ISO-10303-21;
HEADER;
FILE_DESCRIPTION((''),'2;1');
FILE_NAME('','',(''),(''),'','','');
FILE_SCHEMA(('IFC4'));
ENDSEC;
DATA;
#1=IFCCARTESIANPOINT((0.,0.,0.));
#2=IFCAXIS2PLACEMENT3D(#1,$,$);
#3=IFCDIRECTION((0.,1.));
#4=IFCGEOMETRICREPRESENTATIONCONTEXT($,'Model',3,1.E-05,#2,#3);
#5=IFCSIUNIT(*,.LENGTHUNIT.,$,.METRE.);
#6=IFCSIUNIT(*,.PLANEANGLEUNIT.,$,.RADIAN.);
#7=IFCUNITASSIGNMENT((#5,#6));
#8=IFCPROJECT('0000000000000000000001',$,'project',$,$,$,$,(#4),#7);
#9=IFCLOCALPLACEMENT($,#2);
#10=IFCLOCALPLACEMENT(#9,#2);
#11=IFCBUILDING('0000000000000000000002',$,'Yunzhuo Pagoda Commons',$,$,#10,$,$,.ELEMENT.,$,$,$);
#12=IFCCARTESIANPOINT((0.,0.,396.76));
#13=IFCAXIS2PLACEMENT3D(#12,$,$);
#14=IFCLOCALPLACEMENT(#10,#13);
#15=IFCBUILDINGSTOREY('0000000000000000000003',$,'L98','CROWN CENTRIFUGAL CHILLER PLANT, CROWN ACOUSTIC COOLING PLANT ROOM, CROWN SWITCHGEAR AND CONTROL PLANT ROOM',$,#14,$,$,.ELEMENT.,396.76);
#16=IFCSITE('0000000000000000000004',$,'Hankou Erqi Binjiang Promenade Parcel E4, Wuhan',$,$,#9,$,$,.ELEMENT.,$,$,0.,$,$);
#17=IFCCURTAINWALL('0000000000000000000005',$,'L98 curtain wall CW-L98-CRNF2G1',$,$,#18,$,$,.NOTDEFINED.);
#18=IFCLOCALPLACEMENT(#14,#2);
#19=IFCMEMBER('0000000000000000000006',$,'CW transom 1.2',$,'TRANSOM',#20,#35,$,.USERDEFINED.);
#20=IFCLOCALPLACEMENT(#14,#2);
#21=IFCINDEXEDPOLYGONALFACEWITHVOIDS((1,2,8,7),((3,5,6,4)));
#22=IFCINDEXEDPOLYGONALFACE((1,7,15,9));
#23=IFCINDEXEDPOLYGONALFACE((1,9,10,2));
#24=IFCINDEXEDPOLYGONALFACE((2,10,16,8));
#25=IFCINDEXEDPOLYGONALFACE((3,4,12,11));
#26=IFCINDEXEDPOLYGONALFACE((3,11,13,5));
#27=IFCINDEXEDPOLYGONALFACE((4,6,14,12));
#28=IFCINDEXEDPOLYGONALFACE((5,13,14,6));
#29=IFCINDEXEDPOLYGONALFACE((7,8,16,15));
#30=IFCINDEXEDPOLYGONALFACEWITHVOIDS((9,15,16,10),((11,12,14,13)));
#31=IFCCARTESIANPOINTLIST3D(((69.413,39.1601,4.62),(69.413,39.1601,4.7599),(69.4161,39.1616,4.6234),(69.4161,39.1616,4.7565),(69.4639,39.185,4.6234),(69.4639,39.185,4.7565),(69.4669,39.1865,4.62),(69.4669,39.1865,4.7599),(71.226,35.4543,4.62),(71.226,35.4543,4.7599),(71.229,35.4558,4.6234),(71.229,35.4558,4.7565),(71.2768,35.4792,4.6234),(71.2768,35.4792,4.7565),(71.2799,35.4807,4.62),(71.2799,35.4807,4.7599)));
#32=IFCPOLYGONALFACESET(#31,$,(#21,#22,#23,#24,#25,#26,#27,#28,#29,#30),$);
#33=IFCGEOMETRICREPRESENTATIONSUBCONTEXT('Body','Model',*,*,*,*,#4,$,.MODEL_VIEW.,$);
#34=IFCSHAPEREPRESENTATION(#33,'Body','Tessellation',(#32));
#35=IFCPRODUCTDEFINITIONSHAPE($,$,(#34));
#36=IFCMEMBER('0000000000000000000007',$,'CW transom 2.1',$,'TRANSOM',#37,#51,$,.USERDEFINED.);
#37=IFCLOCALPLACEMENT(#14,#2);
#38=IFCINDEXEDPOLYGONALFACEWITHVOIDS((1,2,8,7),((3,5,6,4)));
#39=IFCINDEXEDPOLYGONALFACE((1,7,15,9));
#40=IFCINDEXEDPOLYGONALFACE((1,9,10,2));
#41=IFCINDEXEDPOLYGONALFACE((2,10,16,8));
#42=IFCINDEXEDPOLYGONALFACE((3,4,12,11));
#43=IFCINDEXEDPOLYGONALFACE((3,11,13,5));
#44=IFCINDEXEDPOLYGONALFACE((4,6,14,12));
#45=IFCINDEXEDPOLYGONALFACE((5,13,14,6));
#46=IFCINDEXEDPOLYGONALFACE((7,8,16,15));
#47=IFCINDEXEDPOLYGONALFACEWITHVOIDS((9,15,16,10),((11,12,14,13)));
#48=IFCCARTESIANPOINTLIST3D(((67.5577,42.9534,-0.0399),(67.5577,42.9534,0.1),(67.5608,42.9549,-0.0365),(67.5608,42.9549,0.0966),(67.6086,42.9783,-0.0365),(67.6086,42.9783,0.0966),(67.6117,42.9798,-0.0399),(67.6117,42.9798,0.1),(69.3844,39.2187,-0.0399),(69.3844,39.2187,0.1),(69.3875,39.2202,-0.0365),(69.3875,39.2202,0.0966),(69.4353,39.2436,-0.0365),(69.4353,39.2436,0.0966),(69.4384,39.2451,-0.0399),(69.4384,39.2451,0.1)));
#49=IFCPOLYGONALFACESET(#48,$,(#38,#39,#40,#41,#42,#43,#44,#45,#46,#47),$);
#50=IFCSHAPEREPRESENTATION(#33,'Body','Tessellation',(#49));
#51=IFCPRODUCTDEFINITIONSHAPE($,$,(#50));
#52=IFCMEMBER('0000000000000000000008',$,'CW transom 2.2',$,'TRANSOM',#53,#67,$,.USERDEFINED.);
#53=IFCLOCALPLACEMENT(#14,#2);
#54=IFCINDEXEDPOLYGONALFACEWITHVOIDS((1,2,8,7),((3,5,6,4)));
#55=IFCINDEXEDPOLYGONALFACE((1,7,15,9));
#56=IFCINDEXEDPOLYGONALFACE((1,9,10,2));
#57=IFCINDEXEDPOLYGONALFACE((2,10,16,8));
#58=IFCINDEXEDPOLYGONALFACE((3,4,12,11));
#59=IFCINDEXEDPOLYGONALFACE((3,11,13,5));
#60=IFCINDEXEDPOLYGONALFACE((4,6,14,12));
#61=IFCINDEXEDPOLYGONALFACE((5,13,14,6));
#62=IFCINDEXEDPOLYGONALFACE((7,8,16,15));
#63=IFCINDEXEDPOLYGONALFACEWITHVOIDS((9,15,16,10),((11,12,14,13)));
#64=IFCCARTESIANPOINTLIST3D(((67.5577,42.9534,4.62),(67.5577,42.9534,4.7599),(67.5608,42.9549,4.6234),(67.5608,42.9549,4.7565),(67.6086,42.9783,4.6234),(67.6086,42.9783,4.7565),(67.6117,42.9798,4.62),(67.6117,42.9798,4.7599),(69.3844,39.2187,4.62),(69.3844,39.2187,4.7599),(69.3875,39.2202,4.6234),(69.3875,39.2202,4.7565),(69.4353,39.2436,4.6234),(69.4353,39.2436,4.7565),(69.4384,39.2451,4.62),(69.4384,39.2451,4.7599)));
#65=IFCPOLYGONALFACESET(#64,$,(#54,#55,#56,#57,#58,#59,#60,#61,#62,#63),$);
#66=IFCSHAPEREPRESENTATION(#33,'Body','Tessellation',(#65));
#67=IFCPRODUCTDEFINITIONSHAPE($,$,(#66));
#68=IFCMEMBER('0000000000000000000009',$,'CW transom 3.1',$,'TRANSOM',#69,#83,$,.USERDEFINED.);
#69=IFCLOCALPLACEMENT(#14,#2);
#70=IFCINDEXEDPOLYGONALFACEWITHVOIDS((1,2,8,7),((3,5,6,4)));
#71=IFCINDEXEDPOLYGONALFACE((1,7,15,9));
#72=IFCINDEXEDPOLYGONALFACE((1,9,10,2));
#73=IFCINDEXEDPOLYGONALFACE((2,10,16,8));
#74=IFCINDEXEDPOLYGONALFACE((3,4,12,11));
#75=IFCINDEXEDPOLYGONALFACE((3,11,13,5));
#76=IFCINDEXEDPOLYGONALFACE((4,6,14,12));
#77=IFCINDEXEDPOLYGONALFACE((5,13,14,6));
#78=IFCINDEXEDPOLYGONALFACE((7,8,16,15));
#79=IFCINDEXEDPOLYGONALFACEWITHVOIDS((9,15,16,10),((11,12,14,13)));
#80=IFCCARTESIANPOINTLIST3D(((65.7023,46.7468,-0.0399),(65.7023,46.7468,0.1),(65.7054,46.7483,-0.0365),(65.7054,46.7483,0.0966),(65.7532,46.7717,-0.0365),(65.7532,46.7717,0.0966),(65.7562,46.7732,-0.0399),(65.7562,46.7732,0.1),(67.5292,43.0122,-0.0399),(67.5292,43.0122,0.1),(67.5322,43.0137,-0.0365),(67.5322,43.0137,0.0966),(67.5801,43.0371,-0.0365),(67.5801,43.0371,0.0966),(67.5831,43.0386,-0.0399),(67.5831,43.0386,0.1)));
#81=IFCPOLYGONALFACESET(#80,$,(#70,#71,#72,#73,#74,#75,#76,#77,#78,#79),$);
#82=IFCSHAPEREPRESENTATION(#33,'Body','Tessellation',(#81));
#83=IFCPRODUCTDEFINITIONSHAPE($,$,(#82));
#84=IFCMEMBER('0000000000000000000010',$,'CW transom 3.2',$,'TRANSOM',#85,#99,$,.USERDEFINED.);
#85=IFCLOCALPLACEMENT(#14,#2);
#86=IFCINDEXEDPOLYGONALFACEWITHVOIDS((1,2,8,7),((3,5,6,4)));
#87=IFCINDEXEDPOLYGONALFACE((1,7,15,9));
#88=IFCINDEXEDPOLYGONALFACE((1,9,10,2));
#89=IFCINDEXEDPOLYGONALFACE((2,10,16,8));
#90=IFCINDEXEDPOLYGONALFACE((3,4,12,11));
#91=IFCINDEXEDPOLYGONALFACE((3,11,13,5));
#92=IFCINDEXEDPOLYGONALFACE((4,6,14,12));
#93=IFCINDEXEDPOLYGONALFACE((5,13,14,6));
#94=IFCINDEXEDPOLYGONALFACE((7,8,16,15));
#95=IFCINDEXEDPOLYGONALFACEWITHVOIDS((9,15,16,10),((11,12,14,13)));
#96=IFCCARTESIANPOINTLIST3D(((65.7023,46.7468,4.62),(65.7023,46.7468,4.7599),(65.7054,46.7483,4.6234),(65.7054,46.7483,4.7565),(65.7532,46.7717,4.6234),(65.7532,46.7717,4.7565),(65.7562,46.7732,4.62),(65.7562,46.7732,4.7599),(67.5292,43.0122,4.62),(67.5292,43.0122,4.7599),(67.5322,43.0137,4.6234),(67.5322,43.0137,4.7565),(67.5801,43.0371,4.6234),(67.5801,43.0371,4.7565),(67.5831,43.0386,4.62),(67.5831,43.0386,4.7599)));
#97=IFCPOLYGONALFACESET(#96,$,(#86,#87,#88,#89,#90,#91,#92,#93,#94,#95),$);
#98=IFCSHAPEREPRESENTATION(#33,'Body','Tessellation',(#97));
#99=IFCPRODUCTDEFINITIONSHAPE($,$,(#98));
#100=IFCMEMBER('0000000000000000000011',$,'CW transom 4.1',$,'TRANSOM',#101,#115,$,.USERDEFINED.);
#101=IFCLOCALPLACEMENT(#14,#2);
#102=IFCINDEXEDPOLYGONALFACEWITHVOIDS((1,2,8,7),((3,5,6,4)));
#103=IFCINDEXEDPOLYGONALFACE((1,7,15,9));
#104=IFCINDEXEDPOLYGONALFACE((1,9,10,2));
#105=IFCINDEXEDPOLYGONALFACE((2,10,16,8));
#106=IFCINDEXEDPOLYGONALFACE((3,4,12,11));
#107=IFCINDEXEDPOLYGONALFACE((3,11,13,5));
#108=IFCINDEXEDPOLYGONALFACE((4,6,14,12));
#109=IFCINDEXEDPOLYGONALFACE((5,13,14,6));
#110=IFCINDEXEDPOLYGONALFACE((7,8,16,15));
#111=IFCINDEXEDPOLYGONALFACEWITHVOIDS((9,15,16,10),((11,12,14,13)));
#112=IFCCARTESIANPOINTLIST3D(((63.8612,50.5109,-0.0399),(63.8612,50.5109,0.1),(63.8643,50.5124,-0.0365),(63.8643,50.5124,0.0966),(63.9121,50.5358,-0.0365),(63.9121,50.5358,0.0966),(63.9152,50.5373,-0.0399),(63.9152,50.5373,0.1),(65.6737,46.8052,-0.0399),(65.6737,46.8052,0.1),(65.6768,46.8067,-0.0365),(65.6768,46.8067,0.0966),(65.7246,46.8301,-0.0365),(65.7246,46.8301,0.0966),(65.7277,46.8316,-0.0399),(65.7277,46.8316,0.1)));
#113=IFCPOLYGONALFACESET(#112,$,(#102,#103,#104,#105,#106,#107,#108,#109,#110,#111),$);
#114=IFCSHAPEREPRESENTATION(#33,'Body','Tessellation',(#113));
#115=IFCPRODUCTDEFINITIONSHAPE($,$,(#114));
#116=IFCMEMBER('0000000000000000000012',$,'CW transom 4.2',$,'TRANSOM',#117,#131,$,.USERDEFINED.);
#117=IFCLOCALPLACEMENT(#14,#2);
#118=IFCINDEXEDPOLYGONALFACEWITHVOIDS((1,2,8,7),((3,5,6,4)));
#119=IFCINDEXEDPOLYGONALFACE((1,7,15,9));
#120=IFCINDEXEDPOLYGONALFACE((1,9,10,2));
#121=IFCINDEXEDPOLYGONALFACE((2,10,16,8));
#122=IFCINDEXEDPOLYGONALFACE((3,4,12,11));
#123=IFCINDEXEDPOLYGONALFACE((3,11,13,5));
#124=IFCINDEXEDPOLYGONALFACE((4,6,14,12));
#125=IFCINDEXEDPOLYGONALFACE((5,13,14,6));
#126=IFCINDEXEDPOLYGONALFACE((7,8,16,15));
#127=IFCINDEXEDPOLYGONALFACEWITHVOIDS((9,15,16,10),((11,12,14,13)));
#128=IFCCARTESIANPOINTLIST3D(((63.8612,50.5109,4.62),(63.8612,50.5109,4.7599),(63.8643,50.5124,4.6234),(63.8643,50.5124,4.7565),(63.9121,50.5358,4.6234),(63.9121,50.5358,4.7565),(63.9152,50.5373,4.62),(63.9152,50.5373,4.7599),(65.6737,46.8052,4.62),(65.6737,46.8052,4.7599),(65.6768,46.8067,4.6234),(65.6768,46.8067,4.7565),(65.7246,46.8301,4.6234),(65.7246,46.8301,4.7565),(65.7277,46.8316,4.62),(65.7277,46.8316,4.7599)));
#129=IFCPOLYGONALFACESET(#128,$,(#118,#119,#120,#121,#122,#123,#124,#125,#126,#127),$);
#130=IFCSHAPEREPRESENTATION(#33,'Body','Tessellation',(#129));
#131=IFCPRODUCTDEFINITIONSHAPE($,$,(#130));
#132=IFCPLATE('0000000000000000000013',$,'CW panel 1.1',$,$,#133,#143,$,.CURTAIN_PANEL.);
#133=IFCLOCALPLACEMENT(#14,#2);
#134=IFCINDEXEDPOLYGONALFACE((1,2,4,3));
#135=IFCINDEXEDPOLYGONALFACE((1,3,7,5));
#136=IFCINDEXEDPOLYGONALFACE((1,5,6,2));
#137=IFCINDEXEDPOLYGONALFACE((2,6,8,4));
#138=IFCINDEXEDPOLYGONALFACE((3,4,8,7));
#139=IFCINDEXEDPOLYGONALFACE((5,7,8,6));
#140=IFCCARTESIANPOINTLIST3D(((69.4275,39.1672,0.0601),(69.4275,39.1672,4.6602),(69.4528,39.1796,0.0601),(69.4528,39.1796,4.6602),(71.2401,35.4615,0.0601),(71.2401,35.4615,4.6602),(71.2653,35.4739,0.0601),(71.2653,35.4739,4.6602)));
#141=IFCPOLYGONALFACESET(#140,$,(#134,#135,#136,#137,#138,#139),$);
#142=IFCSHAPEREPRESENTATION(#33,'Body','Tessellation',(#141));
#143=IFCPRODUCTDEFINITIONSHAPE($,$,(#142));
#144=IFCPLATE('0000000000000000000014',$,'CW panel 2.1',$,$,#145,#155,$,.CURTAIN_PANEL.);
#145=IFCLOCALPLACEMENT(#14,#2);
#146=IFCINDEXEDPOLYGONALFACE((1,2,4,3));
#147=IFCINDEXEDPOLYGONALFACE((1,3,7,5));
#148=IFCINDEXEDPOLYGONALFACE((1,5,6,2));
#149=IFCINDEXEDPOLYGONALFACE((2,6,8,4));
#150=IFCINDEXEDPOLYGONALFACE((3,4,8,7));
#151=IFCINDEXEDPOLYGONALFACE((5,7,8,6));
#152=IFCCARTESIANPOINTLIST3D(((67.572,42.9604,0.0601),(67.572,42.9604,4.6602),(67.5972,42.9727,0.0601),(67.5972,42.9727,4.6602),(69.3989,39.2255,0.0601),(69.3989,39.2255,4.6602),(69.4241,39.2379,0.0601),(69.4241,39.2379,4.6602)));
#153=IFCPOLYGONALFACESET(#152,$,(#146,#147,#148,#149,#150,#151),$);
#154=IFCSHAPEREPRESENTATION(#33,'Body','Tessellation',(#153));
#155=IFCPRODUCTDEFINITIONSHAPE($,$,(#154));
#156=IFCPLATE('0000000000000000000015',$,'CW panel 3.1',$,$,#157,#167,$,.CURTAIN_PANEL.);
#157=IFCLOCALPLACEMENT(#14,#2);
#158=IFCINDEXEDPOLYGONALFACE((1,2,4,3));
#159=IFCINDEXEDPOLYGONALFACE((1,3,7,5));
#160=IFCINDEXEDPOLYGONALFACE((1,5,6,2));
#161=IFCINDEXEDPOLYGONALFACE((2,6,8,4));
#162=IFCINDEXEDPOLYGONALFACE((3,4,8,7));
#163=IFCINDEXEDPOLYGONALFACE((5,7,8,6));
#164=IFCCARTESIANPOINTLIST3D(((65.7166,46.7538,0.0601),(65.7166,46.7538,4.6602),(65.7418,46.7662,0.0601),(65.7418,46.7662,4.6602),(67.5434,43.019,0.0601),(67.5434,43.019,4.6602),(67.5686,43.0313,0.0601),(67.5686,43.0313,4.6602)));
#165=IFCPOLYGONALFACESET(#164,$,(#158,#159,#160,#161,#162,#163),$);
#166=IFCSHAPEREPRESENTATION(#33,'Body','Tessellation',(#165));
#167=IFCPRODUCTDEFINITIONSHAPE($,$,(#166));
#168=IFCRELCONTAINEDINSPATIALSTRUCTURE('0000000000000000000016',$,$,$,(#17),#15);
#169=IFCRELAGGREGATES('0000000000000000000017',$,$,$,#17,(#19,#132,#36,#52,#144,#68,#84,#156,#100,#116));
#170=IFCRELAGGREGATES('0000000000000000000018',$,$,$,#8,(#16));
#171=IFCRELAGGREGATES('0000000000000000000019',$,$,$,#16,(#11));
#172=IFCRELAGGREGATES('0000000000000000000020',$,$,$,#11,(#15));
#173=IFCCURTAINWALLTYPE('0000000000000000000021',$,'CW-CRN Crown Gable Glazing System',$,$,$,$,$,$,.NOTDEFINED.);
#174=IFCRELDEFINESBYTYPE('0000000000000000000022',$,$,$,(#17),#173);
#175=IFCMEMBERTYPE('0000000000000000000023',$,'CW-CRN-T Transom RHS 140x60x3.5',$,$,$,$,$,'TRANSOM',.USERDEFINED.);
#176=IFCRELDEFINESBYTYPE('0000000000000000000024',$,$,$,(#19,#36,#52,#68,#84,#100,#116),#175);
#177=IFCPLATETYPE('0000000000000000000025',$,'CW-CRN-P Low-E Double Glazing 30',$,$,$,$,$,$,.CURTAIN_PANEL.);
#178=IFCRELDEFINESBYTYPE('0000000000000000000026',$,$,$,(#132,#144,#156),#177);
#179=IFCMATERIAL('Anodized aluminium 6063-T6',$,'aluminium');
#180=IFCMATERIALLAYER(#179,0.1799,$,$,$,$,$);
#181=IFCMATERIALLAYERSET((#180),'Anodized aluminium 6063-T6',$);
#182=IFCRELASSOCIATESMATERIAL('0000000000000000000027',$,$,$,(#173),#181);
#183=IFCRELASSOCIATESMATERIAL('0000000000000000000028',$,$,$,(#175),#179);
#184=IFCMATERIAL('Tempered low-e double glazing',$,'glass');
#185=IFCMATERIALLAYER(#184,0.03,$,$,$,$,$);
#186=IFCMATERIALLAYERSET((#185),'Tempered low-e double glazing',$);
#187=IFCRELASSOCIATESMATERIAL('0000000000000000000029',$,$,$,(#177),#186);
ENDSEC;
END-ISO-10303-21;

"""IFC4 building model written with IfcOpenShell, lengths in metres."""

from ifc_helpers import new_model, si_unit, direction, frame, origin, origin_2d, place, context, subcontext, project, spatial, rectangle, hollow_rectangle, extrude, source, transform, mapped, material, layer, layer_set, material_profile, profile_set, type_object, element, aggregate, save


model = new_model("IFC4")

# Units and contexts
model_context = context("Model", 3, precision=1e-05, world=origin(), true_north=direction((0.0, 1.0)))
body_context = subcontext(model_context, "Body", "Model", "MODEL_VIEW")
ifc_project = project(units=[si_unit("LENGTHUNIT", "METRE"), si_unit("PLANEANGLEUNIT", "RADIAN")], contexts=[model_context])

# Site, building, storey
site_placement = place(None, origin())
site = spatial("IfcSite", under=ifc_project, at=site_placement, Name="Hankou Erqi Binjiang Promenade Parcel E4, Wuhan", CompositionType="ELEMENT", RefElevation=0.0)
building_placement = place(site_placement, origin())
building = spatial("IfcBuilding", under=site, at=building_placement, Name="Yunzhuo Pagoda Commons", CompositionType="ELEMENT")
storey_placement = place(building_placement, frame((0.0, 0.0, 396.76)))
storey = spatial("IfcBuildingStorey", under=building, at=storey_placement, Name="L98", Description="CROWN CENTRIFUGAL CHILLER PLANT, CROWN ACOUSTIC COOLING PLANT ROOM, CROWN SWITCHGEAR AND CONTROL PLANT ROOM", CompositionType="ELEMENT", Elevation=396.76)

# Curtain wall, members, plates
ifc_material_1 = material(Name="Anodized aluminium 6063-T6", Category="aluminium")
ifc_layer_1 = layer(ifc_material_1, 0.1799)
ifc_layer_set_1 = layer_set([ifc_layer_1], Name="Anodized aluminium 6063-T6")
curtain_wall_type = type_object("IfcCurtainWallType", Name="CW-CRN Crown Gable Glazing System", PredefinedType="NOTDEFINED", material=ifc_layer_set_1)
curtain_wall_placement = place(storey_placement, origin())
curtain_wall = element("IfcCurtainWall", 1, at=curtain_wall_placement, inside=storey, type_object=curtain_wall_type, Name="L98 curtain wall CW-L98-CRNF2G1", PredefinedType="NOTDEFINED")
ifc_material_profile_1 = material_profile(ifc_material_1, hollow_rectangle(XDim=0.0601, YDim=0.1399, WallThickness=0.0034, at=origin_2d()), Name="Anodized aluminium 6063-T6")
ifc_profile_set_1 = profile_set([ifc_material_profile_1], Name="Anodized aluminium 6063-T6")
member_type_1 = type_object("IfcMemberType", Name="CW-CRN-T Transom RHS 140x60x3.5", ElementType="TRANSOM", PredefinedType="USERDEFINED", material=ifc_profile_set_1)
shared_shape_1 = source(origin(), body_context, "Body", "SweptSolid", [
    extrude(hollow_rectangle(XDim=0.0601, YDim=0.1399, WallThickness=0.0034, at=origin_2d()), origin(), (0.0, 0.0, 1.0), 4.1255),
])
member_1_placement = place(storey_placement, frame((71.2529, 35.4675, 4.6899), z_axis=(-0.439456, 0.898264, 0.0), x_axis=(-0.898264, -0.439456, 0.0)))
member_1 = element("IfcMember", 2, at=member_1_placement, type_object=member_type_1, Name="CW transom 1.2", ObjectType="TRANSOM", PredefinedType="USERDEFINED", context=body_context, shape_type="MappedRepresentation", body=[
    mapped(shared_shape_1, transform((0.0, 0.0, 0.0), scale=1.0)),
])
shared_shape_2 = source(origin(), body_context, "Body", "SweptSolid", [
    extrude(hollow_rectangle(XDim=0.0601, YDim=0.1399, WallThickness=0.0034, at=origin_2d()), origin(), (0.0, 0.0, 1.0), 4.1575),
])
member_2_placement = place(storey_placement, frame((69.4114, 39.2319, 0.03), z_axis=(-0.439374, 0.898304, 0.0), x_axis=(-0.898304, -0.439374, 0.0)))
member_2 = element("IfcMember", 3, at=member_2_placement, type_object=member_type_1, Name="CW transom 2.1", ObjectType="TRANSOM", PredefinedType="USERDEFINED", context=body_context, shape_type="MappedRepresentation", body=[
    mapped(shared_shape_2, transform((0.0, 0.0, 0.0), scale=1.0)),
])
member_3_placement = place(storey_placement, frame((69.4114, 39.2319, 4.6899), z_axis=(-0.439374, 0.898304, 0.0), x_axis=(-0.898304, -0.439374, 0.0)))
member_3 = element("IfcMember", 4, at=member_3_placement, type_object=member_type_1, Name="CW transom 2.2", ObjectType="TRANSOM", PredefinedType="USERDEFINED", context=body_context, shape_type="MappedRepresentation", body=[
    mapped(shared_shape_2, transform((0.0, 0.0, 0.0), scale=1.0)),
])
member_4_placement = place(storey_placement, frame((67.5562, 43.0254, 0.03), z_axis=(-0.439422, 0.898281, 0.0), x_axis=(-0.898281, -0.439422, 0.0)))
member_4 = element("IfcMember", 5, at=member_4_placement, type_object=member_type_1, Name="CW transom 3.1", ObjectType="TRANSOM", PredefinedType="USERDEFINED", context=body_context, shape_type="MappedRepresentation", body=[
    mapped(shared_shape_2, transform((0.0, 0.0, 0.0), scale=1.0)),
])
member_5_placement = place(storey_placement, frame((67.5562, 43.0254, 4.6899), z_axis=(-0.439422, 0.898281, 0.0), x_axis=(-0.898281, -0.439422, 0.0)))
member_5 = element("IfcMember", 6, at=member_5_placement, type_object=member_type_1, Name="CW transom 3.2", ObjectType="TRANSOM", PredefinedType="USERDEFINED", context=body_context, shape_type="MappedRepresentation", body=[
    mapped(shared_shape_2, transform((0.0, 0.0, 0.0), scale=1.0)),
])
shared_shape_3 = source(origin(), body_context, "Body", "SweptSolid", [
    extrude(hollow_rectangle(XDim=0.0601, YDim=0.1399, WallThickness=0.0034, at=origin_2d()), origin(), (0.0, 0.0, 1.0), 4.1252),
])
member_6_placement = place(storey_placement, frame((65.7007, 46.8184, 0.03), z_axis=(-0.439361, 0.898311, 0.0), x_axis=(-0.898311, -0.439361, 0.0)))
member_6 = element("IfcMember", 7, at=member_6_placement, type_object=member_type_1, Name="CW transom 4.1", ObjectType="TRANSOM", PredefinedType="USERDEFINED", context=body_context, shape_type="MappedRepresentation", body=[
    mapped(shared_shape_3, transform((0.0, 0.0, 0.0), scale=1.0)),
])
member_7_placement = place(storey_placement, frame((65.7007, 46.8184, 4.6899), z_axis=(-0.439361, 0.898311, 0.0), x_axis=(-0.898311, -0.439361, 0.0)))
member_7 = element("IfcMember", 8, at=member_7_placement, type_object=member_type_1, Name="CW transom 4.2", ObjectType="TRANSOM", PredefinedType="USERDEFINED", context=body_context, shape_type="MappedRepresentation", body=[
    mapped(shared_shape_3, transform((0.0, 0.0, 0.0), scale=1.0)),
])
ifc_material_2 = material(Name="Tempered low-e double glazing", Category="glass")
ifc_layer_2 = layer(ifc_material_2, 0.03)
ifc_layer_set_2 = layer_set([ifc_layer_2], Name="Tempered low-e double glazing")
plate_type = type_object("IfcPlateType", Name="CW-CRN-P Low-E Double Glazing 30", PredefinedType="CURTAIN_PANEL", material=ifc_layer_set_2)
shared_shape_4 = source(origin(), body_context, "Body", "SweptSolid", [
    extrude(rectangle(XDim=4.1252, YDim=0.0281, at=origin_2d()), origin(), (0.0, 0.0, 1.0), 4.6001),
])
plate_1_placement = place(storey_placement, frame((70.3464, 37.3206, 0.0601), z_axis=(0.0, 0.0, 1.0), x_axis=(-0.439384, 0.898299, 0.0)))
plate_1 = element("IfcPlate", 9, at=plate_1_placement, type_object=plate_type, Name="CW panel 1.1", PredefinedType="CURTAIN_PANEL", context=body_context, shape_type="MappedRepresentation", body=[
    mapped(shared_shape_4, transform((0.0, 0.0, 0.0), scale=1.0)),
])
shared_shape_5 = source(origin(), body_context, "Body", "SweptSolid", [
    extrude(rectangle(XDim=4.1577, YDim=0.0281, at=origin_2d()), origin(), (0.0, 0.0, 1.0), 4.6001),
])
plate_2_placement = place(storey_placement, frame((68.498, 41.0991, 0.0601), z_axis=(0.0, 0.0, 1.0), x_axis=(-0.439384, 0.898299, 0.0)))
plate_2 = element("IfcPlate", 10, at=plate_2_placement, type_object=plate_type, Name="CW panel 2.1", PredefinedType="CURTAIN_PANEL", context=body_context, shape_type="MappedRepresentation", body=[
    mapped(shared_shape_5, transform((0.0, 0.0, 0.0), scale=1.0)),
])
plate_3_placement = place(storey_placement, frame((66.6426, 44.8926, 0.0601), z_axis=(0.0, 0.0, 1.0), x_axis=(-0.439384, 0.898299, 0.0)))
plate_3 = element("IfcPlate", 11, at=plate_3_placement, type_object=plate_type, Name="CW panel 3.1", PredefinedType="CURTAIN_PANEL", context=body_context, shape_type="MappedRepresentation", body=[
    mapped(shared_shape_5, transform((0.0, 0.0, 0.0), scale=1.0)),
])
aggregate(curtain_wall, [member_1, plate_1, member_2, member_3, plate_2, member_4, member_5, plate_3, member_6, member_7])

save(model, "model.ifc")
